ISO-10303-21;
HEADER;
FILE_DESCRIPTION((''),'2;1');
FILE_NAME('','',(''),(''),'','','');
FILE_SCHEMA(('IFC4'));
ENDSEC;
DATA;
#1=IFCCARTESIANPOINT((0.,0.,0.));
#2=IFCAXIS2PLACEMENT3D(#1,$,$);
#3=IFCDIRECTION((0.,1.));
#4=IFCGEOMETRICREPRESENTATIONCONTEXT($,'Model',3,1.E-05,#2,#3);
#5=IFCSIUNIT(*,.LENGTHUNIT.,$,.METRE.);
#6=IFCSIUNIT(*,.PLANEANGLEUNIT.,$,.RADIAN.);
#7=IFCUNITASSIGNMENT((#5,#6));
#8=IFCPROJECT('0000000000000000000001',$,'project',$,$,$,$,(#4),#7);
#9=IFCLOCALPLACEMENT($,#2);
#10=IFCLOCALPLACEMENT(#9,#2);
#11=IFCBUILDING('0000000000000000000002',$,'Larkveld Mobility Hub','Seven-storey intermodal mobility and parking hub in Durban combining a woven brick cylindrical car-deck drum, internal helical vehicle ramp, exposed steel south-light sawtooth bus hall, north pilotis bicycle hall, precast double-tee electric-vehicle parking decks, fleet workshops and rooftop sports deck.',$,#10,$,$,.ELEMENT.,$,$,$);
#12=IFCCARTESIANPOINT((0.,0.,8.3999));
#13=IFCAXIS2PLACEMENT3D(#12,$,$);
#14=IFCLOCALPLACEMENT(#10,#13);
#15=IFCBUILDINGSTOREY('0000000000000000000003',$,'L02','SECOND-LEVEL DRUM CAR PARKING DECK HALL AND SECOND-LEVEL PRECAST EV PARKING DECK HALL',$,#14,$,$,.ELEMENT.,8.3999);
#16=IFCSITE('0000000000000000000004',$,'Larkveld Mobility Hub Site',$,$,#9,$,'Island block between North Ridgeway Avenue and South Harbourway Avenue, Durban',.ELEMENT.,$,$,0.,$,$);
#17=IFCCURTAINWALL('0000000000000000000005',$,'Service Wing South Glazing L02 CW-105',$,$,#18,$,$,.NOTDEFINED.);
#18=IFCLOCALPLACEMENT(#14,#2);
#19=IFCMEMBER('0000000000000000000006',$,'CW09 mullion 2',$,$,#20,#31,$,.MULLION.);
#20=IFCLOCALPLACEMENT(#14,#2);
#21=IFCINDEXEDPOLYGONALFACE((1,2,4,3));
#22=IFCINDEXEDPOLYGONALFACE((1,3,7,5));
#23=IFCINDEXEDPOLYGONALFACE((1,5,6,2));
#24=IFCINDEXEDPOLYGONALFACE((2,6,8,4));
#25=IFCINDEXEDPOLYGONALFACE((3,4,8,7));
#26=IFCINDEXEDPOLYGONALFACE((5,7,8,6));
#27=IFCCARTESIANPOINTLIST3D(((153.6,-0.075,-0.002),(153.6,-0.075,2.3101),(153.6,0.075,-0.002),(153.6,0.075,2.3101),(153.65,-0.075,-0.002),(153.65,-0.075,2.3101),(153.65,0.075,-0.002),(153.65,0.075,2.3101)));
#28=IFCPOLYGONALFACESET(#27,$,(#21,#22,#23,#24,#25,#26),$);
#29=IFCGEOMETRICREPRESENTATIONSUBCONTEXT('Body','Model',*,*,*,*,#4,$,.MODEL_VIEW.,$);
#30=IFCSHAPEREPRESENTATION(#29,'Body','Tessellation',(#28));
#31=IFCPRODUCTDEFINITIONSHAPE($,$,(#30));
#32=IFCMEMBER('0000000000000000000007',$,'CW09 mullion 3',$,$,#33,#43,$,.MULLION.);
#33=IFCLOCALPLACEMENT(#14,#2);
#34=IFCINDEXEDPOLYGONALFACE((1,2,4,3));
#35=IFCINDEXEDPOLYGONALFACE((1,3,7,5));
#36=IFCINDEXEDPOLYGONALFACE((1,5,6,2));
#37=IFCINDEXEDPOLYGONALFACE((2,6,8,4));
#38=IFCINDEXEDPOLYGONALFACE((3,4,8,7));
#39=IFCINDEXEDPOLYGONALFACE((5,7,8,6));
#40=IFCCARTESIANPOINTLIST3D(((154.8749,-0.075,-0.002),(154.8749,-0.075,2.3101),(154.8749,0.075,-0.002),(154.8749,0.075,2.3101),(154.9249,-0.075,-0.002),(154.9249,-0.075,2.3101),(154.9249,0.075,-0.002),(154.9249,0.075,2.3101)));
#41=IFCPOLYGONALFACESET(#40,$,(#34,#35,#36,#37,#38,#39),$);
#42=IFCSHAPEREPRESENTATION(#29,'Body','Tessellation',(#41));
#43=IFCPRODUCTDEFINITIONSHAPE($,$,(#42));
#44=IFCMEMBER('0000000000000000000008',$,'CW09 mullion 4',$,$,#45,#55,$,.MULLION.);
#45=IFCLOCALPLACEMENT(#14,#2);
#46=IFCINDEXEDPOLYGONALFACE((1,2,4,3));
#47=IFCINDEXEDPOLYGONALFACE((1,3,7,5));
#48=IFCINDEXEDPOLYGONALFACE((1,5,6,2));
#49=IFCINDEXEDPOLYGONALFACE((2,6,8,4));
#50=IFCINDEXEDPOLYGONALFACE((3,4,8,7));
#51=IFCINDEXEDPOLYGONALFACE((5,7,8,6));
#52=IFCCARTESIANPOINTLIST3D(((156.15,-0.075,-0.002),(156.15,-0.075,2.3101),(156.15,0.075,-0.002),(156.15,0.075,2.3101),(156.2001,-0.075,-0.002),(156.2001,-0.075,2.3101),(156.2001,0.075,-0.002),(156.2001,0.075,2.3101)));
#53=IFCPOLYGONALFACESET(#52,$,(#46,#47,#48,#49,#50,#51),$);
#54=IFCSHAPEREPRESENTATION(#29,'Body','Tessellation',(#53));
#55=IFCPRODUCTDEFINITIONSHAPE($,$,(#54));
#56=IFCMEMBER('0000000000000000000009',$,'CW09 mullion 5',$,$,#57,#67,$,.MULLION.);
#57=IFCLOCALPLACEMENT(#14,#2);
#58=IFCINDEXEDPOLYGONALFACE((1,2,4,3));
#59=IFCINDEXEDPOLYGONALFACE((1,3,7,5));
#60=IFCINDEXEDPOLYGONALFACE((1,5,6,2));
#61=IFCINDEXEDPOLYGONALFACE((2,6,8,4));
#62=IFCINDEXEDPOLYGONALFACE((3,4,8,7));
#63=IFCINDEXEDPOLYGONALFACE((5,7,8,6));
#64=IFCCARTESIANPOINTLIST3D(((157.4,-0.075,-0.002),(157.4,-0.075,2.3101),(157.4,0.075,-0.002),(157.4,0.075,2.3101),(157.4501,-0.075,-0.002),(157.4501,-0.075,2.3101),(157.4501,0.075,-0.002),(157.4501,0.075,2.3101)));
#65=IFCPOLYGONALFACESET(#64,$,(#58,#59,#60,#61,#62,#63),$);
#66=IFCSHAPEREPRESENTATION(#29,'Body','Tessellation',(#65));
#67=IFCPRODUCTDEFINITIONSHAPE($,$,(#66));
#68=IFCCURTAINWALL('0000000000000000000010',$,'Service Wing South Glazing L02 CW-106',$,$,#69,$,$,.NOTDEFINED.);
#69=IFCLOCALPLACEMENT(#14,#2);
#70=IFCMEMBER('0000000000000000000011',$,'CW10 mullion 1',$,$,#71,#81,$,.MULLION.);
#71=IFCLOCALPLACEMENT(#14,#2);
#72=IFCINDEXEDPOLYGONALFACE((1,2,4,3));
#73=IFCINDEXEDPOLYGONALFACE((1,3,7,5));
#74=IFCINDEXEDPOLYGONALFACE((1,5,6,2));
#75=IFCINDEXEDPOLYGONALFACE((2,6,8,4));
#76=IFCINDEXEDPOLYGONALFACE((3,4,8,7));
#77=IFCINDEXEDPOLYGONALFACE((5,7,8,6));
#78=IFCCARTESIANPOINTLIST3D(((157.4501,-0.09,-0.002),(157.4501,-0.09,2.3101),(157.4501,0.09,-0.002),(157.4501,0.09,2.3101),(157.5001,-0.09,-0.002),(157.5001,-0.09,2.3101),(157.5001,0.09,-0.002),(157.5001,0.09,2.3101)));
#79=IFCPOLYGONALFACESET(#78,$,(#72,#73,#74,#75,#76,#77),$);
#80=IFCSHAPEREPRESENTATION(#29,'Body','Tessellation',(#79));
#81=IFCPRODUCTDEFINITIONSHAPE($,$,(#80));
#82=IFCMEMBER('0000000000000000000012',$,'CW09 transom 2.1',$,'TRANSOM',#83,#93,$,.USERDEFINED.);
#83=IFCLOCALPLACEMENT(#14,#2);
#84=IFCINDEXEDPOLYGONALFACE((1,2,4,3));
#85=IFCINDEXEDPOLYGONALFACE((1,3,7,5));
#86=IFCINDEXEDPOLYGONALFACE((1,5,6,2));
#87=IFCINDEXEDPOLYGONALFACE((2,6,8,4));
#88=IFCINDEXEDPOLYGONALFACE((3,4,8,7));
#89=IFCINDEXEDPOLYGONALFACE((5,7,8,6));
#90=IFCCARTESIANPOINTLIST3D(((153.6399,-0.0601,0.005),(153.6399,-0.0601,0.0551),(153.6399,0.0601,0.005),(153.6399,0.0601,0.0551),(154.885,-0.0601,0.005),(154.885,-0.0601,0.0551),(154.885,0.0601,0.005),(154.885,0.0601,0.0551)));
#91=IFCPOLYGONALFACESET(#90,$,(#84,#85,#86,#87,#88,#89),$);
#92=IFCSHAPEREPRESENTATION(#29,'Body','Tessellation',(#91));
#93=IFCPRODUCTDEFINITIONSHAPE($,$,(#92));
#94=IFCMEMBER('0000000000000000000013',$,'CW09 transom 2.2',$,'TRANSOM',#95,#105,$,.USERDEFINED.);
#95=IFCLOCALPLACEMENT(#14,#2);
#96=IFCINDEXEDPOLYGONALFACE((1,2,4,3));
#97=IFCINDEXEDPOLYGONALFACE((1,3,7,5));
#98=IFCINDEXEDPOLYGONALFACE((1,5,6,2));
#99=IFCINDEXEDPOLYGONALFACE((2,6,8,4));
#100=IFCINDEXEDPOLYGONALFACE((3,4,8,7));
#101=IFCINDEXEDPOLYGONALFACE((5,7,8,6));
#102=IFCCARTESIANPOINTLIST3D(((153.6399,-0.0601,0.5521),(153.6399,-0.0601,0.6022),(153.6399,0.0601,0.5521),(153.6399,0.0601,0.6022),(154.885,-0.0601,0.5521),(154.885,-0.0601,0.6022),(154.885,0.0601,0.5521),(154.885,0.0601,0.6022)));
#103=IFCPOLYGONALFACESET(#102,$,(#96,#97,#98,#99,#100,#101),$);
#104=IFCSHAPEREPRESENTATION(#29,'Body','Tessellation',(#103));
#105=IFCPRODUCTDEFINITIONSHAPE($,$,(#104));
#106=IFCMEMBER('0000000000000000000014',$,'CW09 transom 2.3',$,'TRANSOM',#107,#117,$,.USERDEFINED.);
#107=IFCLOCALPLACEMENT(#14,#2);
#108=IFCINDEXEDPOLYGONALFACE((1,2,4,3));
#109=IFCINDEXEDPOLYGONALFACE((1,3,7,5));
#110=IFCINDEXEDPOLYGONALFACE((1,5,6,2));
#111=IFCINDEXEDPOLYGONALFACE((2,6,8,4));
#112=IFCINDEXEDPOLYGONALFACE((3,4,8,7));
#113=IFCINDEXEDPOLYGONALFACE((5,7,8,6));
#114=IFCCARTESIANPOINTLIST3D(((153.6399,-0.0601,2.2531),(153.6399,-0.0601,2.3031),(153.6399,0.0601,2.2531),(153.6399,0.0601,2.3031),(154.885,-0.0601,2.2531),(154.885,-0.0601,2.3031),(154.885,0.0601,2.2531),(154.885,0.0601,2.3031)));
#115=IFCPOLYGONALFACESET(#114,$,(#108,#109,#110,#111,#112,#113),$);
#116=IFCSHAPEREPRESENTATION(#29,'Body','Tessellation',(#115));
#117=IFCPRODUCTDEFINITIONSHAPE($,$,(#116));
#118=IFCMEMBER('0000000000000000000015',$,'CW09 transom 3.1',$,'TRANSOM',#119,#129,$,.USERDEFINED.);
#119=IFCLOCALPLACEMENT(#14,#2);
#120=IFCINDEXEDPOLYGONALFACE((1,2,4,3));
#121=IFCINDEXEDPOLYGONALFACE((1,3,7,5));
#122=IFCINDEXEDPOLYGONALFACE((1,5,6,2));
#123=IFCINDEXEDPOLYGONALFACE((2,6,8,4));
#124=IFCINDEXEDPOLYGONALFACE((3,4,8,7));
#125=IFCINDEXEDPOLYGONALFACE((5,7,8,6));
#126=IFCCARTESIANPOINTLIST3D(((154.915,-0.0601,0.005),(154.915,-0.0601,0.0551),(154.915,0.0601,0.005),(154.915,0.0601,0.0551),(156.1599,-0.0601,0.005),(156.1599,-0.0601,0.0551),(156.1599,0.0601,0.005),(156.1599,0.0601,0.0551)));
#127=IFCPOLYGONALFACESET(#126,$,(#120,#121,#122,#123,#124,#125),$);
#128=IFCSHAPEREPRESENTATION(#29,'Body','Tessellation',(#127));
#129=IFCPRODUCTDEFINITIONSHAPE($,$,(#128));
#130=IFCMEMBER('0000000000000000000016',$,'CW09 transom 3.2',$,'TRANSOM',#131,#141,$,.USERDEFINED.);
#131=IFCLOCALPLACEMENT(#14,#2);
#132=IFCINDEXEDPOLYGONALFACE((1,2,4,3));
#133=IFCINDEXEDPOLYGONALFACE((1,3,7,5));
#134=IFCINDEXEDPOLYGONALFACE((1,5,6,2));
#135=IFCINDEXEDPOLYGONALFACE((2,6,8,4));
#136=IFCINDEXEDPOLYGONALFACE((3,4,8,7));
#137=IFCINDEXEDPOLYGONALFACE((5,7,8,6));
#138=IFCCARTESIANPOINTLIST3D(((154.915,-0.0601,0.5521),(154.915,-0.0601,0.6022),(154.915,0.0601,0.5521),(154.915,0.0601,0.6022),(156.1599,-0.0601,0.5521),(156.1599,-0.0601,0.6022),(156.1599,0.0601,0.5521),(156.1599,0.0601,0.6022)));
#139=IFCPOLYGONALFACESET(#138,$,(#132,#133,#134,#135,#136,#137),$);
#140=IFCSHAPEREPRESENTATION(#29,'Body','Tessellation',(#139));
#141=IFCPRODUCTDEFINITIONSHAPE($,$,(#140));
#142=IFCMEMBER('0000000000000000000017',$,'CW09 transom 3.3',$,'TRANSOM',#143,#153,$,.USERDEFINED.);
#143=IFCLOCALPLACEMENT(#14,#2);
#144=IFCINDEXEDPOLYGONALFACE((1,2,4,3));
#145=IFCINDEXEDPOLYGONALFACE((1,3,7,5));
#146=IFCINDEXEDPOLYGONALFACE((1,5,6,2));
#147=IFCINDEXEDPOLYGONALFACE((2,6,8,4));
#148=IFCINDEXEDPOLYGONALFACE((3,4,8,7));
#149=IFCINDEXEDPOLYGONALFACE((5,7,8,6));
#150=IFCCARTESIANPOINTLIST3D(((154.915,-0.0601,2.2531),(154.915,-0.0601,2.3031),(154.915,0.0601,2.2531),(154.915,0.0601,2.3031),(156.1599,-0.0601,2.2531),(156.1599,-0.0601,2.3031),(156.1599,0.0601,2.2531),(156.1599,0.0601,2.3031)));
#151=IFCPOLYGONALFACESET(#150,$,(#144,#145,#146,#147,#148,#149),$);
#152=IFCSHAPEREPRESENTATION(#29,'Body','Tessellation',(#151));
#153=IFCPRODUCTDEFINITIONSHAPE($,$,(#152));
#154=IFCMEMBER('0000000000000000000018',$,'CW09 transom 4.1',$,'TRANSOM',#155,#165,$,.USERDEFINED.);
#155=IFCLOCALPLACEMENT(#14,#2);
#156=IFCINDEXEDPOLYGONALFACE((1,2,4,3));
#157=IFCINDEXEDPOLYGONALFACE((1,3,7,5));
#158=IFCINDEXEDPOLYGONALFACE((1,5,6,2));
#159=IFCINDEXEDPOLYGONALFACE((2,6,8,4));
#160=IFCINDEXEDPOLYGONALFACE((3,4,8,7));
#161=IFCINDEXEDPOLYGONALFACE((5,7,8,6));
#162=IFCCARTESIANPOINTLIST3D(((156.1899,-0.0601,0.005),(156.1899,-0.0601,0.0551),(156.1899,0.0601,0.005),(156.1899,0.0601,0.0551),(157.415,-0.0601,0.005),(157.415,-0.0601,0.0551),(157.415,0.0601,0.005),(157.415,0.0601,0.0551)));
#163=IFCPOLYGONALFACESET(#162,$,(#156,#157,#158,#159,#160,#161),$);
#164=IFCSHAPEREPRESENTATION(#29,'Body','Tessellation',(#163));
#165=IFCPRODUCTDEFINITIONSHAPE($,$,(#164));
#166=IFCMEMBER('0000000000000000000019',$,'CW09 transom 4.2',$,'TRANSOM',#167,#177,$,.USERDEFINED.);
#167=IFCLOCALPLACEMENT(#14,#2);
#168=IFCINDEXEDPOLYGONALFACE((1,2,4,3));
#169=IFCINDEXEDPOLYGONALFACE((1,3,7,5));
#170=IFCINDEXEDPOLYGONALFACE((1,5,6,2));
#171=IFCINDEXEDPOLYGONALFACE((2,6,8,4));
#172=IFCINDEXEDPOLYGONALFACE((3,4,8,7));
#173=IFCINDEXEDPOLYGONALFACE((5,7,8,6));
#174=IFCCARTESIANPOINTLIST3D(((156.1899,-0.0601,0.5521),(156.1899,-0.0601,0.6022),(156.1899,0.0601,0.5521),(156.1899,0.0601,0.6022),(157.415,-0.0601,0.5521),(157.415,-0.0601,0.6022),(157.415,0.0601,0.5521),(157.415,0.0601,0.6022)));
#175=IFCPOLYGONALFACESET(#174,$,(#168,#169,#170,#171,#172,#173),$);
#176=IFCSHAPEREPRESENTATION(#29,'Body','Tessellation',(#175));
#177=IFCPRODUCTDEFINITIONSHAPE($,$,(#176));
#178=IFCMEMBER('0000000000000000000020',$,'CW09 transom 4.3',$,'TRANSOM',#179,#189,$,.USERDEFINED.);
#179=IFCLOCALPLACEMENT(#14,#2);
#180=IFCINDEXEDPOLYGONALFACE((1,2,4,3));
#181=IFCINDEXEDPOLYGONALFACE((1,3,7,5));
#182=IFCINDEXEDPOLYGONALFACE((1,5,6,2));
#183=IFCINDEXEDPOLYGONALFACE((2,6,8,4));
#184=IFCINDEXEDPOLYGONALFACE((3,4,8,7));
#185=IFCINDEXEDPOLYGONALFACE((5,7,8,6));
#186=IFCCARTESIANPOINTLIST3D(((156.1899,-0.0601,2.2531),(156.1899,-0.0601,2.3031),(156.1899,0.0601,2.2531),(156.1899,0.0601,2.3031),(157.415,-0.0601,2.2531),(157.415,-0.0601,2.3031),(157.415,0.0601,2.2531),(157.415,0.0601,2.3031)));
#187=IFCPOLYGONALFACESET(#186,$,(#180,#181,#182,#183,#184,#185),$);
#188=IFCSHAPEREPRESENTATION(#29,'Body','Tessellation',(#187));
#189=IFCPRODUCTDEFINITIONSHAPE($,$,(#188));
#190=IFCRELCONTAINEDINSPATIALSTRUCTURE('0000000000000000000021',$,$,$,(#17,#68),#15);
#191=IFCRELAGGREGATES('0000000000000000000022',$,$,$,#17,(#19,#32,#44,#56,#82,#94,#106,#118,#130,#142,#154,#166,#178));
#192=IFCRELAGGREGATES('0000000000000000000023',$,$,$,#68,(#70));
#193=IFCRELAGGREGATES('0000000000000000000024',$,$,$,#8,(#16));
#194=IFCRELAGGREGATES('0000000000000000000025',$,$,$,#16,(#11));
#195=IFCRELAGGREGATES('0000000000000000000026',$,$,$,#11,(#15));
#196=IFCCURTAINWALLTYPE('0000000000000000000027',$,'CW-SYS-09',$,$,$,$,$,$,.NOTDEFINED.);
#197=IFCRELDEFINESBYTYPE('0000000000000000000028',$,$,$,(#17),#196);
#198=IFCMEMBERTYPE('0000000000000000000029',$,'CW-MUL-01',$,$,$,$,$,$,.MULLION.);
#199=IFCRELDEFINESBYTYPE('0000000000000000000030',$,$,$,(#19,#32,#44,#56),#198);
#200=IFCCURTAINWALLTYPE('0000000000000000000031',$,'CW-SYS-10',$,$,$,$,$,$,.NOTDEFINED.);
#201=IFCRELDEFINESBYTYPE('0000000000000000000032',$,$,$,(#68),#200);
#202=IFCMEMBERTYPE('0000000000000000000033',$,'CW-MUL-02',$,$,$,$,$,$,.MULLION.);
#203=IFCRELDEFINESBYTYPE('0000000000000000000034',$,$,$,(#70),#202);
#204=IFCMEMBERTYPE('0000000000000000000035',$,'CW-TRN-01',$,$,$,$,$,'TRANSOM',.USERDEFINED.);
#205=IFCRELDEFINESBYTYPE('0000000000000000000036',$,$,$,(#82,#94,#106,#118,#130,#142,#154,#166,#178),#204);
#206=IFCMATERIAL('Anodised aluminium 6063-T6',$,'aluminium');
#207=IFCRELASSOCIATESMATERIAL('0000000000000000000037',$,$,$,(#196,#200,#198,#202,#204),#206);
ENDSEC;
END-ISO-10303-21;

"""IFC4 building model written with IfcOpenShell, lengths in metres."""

from ifc_helpers import new_model, si_unit, direction, frame, origin, origin_2d, place, context, subcontext, project, spatial, rectangle, extrude, material, material_profile, profile_set, type_object, element, aggregate, save


model = new_model("IFC4")

# Units and contexts
model_context = context("Model", 3, precision=1e-05, world=origin(), true_north=direction((0.0, 1.0)))
body_context = subcontext(model_context, "Body", "Model", "MODEL_VIEW")
ifc_project = project(units=[si_unit("LENGTHUNIT", "METRE"), si_unit("PLANEANGLEUNIT", "RADIAN")], contexts=[model_context])

# Site, building, storey
site_placement = place(None, origin())
site = spatial("IfcSite", under=ifc_project, at=site_placement, Name="Larkveld Mobility Hub Site", LongName="Island block between North Ridgeway Avenue and South Harbourway Avenue, Durban", CompositionType="ELEMENT", RefElevation=0.0)
building_placement = place(site_placement, origin())
building = spatial("IfcBuilding", under=site, at=building_placement, Name="Larkveld Mobility Hub", Description="Seven-storey intermodal mobility and parking hub in Durban combining a woven brick cylindrical car-deck drum, internal helical vehicle ramp, exposed steel south-light sawtooth bus hall, north pilotis bicycle hall, precast double-tee electric-vehicle parking decks, fleet workshops and rooftop sports deck.", CompositionType="ELEMENT")
storey_placement = place(building_placement, frame((0.0, 0.0, 8.3999)))
storey = spatial("IfcBuildingStorey", under=building, at=storey_placement, Name="L02", Description="SECOND-LEVEL DRUM CAR PARKING DECK HALL AND SECOND-LEVEL PRECAST EV PARKING DECK HALL", CompositionType="ELEMENT", Elevation=8.3999)

# Curtain wall, members
ifc_material_1 = material(Name="Anodised aluminium 6063-T6", Category="aluminium")
curtain_wall_type_1 = type_object("IfcCurtainWallType", Name="CW-SYS-09", PredefinedType="NOTDEFINED", material=ifc_material_1)
curtain_wall_1_placement = place(storey_placement, origin())
curtain_wall_1 = element("IfcCurtainWall", 1, at=curtain_wall_1_placement, inside=storey, type_object=curtain_wall_type_1, Name="Service Wing South Glazing L02 CW-105", PredefinedType="NOTDEFINED")
ifc_material_profile_1 = material_profile(ifc_material_1, rectangle(XDim=0.05, YDim=0.1499, at=origin_2d()), Name="ALU MULL 50x150")
ifc_profile_set_1 = profile_set([ifc_material_profile_1], Name="Anodised aluminium 6063-T6")
member_type_1 = type_object("IfcMemberType", Name="CW-MUL-01", PredefinedType="MULLION", material=ifc_profile_set_1)
member_1_placement = place(storey_placement, frame((153.625, 0.0, -0.002), z_axis=(0.0, 0.0, 1.0), x_axis=(1.0, 0.0, 0.0)))
member_1 = element("IfcMember", 2, at=member_1_placement, type_object=member_type_1, Name="CW09 mullion 2", PredefinedType="MULLION", context=body_context, shape_type="SweptSolid", body=[
    extrude(rectangle(XDim=0.05, YDim=0.1499, at=origin_2d()), origin(), (0.0, 0.0, 1.0), 2.312),
])
member_2_placement = place(storey_placement, frame((154.8999, 0.0, -0.002), z_axis=(0.0, 0.0, 1.0), x_axis=(1.0, 0.0, 0.0)))
member_2 = element("IfcMember", 3, at=member_2_placement, type_object=member_type_1, Name="CW09 mullion 3", PredefinedType="MULLION", context=body_context, shape_type="SweptSolid", body=[
    extrude(rectangle(XDim=0.05, YDim=0.1499, at=origin_2d()), origin(), (0.0, 0.0, 1.0), 2.312),
])
member_3_placement = place(storey_placement, frame((156.175, 0.0, -0.002), z_axis=(0.0, 0.0, 1.0), x_axis=(1.0, 0.0, 0.0)))
member_3 = element("IfcMember", 4, at=member_3_placement, type_object=member_type_1, Name="CW09 mullion 4", PredefinedType="MULLION", context=body_context, shape_type="SweptSolid", body=[
    extrude(rectangle(XDim=0.05, YDim=0.1499, at=origin_2d()), origin(), (0.0, 0.0, 1.0), 2.312),
])
member_4_placement = place(storey_placement, frame((157.425, 0.0, -0.002), z_axis=(0.0, 0.0, 1.0), x_axis=(1.0, 0.0, 0.0)))
member_4 = element("IfcMember", 5, at=member_4_placement, type_object=member_type_1, Name="CW09 mullion 5", PredefinedType="MULLION", context=body_context, shape_type="SweptSolid", body=[
    extrude(rectangle(XDim=0.05, YDim=0.1499, at=origin_2d()), origin(), (0.0, 0.0, 1.0), 2.312),
])

# Curtain wall, member
curtain_wall_type_2 = type_object("IfcCurtainWallType", Name="CW-SYS-10", PredefinedType="NOTDEFINED", material=ifc_material_1)
curtain_wall_2_placement = place(storey_placement, origin())
curtain_wall_2 = element("IfcCurtainWall", 6, at=curtain_wall_2_placement, inside=storey, type_object=curtain_wall_type_2, Name="Service Wing South Glazing L02 CW-106", PredefinedType="NOTDEFINED")
ifc_material_profile_2 = material_profile(ifc_material_1, rectangle(XDim=0.05, YDim=0.1799, at=origin_2d()), Name="ALU MULL 50x180")
ifc_profile_set_2 = profile_set([ifc_material_profile_2], Name="Anodised aluminium 6063-T6")
member_type_2 = type_object("IfcMemberType", Name="CW-MUL-02", PredefinedType="MULLION", material=ifc_profile_set_2)
member_5_placement = place(storey_placement, frame((157.4751, 0.0, -0.002), z_axis=(0.0, 0.0, 1.0), x_axis=(1.0, 0.0, 0.0)))
member_5 = element("IfcMember", 7, at=member_5_placement, type_object=member_type_2, Name="CW10 mullion 1", PredefinedType="MULLION", context=body_context, shape_type="SweptSolid", body=[
    extrude(rectangle(XDim=0.05, YDim=0.1799, at=origin_2d()), origin(), (0.0, 0.0, 1.0), 2.312),
])

# Members
ifc_material_profile_3 = material_profile(ifc_material_1, rectangle(XDim=0.1201, YDim=0.05, at=origin_2d()), Name="ALU TRAN 50x120")
ifc_profile_set_3 = profile_set([ifc_material_profile_3], Name="Anodised aluminium 6063-T6")
member_type_3 = type_object("IfcMemberType", Name="CW-TRN-01", ElementType="TRANSOM", PredefinedType="USERDEFINED", material=ifc_profile_set_3)
member_6_placement = place(storey_placement, frame((153.6399, 0.0, 0.03), z_axis=(1.0, 0.0, 0.0), x_axis=(0.0, 1.0, 0.0)))
member_6 = element("IfcMember", 8, at=member_6_placement, type_object=member_type_3, Name="CW09 transom 2.1", ObjectType="TRANSOM", PredefinedType="USERDEFINED", context=body_context, shape_type="SweptSolid", body=[
    extrude(rectangle(XDim=0.1201, YDim=0.05, at=origin_2d()), origin(), (0.0, 0.0, 1.0), 1.2451),
])
member_7_placement = place(storey_placement, frame((153.6399, 0.0, 0.5771), z_axis=(1.0, 0.0, 0.0), x_axis=(0.0, 1.0, 0.0)))
member_7 = element("IfcMember", 9, at=member_7_placement, type_object=member_type_3, Name="CW09 transom 2.2", ObjectType="TRANSOM", PredefinedType="USERDEFINED", context=body_context, shape_type="SweptSolid", body=[
    extrude(rectangle(XDim=0.1201, YDim=0.05, at=origin_2d()), origin(), (0.0, 0.0, 1.0), 1.2451),
])
member_8_placement = place(storey_placement, frame((153.6399, 0.0, 2.2781), z_axis=(1.0, 0.0, 0.0), x_axis=(0.0, 1.0, 0.0)))
member_8 = element("IfcMember", 10, at=member_8_placement, type_object=member_type_3, Name="CW09 transom 2.3", ObjectType="TRANSOM", PredefinedType="USERDEFINED", context=body_context, shape_type="SweptSolid", body=[
    extrude(rectangle(XDim=0.1201, YDim=0.05, at=origin_2d()), origin(), (0.0, 0.0, 1.0), 1.2451),
])
member_9_placement = place(storey_placement, frame((154.915, 0.0, 0.03), z_axis=(1.0, 0.0, 0.0), x_axis=(0.0, 1.0, 0.0)))
member_9 = element("IfcMember", 11, at=member_9_placement, type_object=member_type_3, Name="CW09 transom 3.1", ObjectType="TRANSOM", PredefinedType="USERDEFINED", context=body_context, shape_type="SweptSolid", body=[
    extrude(rectangle(XDim=0.1201, YDim=0.05, at=origin_2d()), origin(), (0.0, 0.0, 1.0), 1.2449),
])
member_10_placement = place(storey_placement, frame((154.915, 0.0, 0.5771), z_axis=(1.0, 0.0, 0.0), x_axis=(0.0, 1.0, 0.0)))
member_10 = element("IfcMember", 12, at=member_10_placement, type_object=member_type_3, Name="CW09 transom 3.2", ObjectType="TRANSOM", PredefinedType="USERDEFINED", context=body_context, shape_type="SweptSolid", body=[
    extrude(rectangle(XDim=0.1201, YDim=0.05, at=origin_2d()), origin(), (0.0, 0.0, 1.0), 1.2449),
])
member_11_placement = place(storey_placement, frame((154.915, 0.0, 2.2781), z_axis=(1.0, 0.0, 0.0), x_axis=(0.0, 1.0, 0.0)))
member_11 = element("IfcMember", 13, at=member_11_placement, type_object=member_type_3, Name="CW09 transom 3.3", ObjectType="TRANSOM", PredefinedType="USERDEFINED", context=body_context, shape_type="SweptSolid", body=[
    extrude(rectangle(XDim=0.1201, YDim=0.05, at=origin_2d()), origin(), (0.0, 0.0, 1.0), 1.2449),
])
member_12_placement = place(storey_placement, frame((156.1899, 0.0, 0.03), z_axis=(1.0, 0.0, 0.0), x_axis=(0.0, 1.0, 0.0)))
member_12 = element("IfcMember", 14, at=member_12_placement, type_object=member_type_3, Name="CW09 transom 4.1", ObjectType="TRANSOM", PredefinedType="USERDEFINED", context=body_context, shape_type="SweptSolid", body=[
    extrude(rectangle(XDim=0.1201, YDim=0.05, at=origin_2d()), origin(), (0.0, 0.0, 1.0), 1.2251),
])
member_13_placement = place(storey_placement, frame((156.1899, 0.0, 0.5771), z_axis=(1.0, 0.0, 0.0), x_axis=(0.0, 1.0, 0.0)))
member_13 = element("IfcMember", 15, at=member_13_placement, type_object=member_type_3, Name="CW09 transom 4.2", ObjectType="TRANSOM", PredefinedType="USERDEFINED", context=body_context, shape_type="SweptSolid", body=[
    extrude(rectangle(XDim=0.1201, YDim=0.05, at=origin_2d()), origin(), (0.0, 0.0, 1.0), 1.2251),
])
member_14_placement = place(storey_placement, frame((156.1899, 0.0, 2.2781), z_axis=(1.0, 0.0, 0.0), x_axis=(0.0, 1.0, 0.0)))
member_14 = element("IfcMember", 16, at=member_14_placement, type_object=member_type_3, Name="CW09 transom 4.3", ObjectType="TRANSOM", PredefinedType="USERDEFINED", context=body_context, shape_type="SweptSolid", body=[
    extrude(rectangle(XDim=0.1201, YDim=0.05, at=origin_2d()), origin(), (0.0, 0.0, 1.0), 1.2251),
])

aggregate(curtain_wall_1, [member_1, member_2, member_3, member_4, member_6, member_7, member_8, member_9, member_10, member_11, member_12, member_13, member_14])
aggregate(curtain_wall_2, [member_5])

save(model, "model.ifc")
